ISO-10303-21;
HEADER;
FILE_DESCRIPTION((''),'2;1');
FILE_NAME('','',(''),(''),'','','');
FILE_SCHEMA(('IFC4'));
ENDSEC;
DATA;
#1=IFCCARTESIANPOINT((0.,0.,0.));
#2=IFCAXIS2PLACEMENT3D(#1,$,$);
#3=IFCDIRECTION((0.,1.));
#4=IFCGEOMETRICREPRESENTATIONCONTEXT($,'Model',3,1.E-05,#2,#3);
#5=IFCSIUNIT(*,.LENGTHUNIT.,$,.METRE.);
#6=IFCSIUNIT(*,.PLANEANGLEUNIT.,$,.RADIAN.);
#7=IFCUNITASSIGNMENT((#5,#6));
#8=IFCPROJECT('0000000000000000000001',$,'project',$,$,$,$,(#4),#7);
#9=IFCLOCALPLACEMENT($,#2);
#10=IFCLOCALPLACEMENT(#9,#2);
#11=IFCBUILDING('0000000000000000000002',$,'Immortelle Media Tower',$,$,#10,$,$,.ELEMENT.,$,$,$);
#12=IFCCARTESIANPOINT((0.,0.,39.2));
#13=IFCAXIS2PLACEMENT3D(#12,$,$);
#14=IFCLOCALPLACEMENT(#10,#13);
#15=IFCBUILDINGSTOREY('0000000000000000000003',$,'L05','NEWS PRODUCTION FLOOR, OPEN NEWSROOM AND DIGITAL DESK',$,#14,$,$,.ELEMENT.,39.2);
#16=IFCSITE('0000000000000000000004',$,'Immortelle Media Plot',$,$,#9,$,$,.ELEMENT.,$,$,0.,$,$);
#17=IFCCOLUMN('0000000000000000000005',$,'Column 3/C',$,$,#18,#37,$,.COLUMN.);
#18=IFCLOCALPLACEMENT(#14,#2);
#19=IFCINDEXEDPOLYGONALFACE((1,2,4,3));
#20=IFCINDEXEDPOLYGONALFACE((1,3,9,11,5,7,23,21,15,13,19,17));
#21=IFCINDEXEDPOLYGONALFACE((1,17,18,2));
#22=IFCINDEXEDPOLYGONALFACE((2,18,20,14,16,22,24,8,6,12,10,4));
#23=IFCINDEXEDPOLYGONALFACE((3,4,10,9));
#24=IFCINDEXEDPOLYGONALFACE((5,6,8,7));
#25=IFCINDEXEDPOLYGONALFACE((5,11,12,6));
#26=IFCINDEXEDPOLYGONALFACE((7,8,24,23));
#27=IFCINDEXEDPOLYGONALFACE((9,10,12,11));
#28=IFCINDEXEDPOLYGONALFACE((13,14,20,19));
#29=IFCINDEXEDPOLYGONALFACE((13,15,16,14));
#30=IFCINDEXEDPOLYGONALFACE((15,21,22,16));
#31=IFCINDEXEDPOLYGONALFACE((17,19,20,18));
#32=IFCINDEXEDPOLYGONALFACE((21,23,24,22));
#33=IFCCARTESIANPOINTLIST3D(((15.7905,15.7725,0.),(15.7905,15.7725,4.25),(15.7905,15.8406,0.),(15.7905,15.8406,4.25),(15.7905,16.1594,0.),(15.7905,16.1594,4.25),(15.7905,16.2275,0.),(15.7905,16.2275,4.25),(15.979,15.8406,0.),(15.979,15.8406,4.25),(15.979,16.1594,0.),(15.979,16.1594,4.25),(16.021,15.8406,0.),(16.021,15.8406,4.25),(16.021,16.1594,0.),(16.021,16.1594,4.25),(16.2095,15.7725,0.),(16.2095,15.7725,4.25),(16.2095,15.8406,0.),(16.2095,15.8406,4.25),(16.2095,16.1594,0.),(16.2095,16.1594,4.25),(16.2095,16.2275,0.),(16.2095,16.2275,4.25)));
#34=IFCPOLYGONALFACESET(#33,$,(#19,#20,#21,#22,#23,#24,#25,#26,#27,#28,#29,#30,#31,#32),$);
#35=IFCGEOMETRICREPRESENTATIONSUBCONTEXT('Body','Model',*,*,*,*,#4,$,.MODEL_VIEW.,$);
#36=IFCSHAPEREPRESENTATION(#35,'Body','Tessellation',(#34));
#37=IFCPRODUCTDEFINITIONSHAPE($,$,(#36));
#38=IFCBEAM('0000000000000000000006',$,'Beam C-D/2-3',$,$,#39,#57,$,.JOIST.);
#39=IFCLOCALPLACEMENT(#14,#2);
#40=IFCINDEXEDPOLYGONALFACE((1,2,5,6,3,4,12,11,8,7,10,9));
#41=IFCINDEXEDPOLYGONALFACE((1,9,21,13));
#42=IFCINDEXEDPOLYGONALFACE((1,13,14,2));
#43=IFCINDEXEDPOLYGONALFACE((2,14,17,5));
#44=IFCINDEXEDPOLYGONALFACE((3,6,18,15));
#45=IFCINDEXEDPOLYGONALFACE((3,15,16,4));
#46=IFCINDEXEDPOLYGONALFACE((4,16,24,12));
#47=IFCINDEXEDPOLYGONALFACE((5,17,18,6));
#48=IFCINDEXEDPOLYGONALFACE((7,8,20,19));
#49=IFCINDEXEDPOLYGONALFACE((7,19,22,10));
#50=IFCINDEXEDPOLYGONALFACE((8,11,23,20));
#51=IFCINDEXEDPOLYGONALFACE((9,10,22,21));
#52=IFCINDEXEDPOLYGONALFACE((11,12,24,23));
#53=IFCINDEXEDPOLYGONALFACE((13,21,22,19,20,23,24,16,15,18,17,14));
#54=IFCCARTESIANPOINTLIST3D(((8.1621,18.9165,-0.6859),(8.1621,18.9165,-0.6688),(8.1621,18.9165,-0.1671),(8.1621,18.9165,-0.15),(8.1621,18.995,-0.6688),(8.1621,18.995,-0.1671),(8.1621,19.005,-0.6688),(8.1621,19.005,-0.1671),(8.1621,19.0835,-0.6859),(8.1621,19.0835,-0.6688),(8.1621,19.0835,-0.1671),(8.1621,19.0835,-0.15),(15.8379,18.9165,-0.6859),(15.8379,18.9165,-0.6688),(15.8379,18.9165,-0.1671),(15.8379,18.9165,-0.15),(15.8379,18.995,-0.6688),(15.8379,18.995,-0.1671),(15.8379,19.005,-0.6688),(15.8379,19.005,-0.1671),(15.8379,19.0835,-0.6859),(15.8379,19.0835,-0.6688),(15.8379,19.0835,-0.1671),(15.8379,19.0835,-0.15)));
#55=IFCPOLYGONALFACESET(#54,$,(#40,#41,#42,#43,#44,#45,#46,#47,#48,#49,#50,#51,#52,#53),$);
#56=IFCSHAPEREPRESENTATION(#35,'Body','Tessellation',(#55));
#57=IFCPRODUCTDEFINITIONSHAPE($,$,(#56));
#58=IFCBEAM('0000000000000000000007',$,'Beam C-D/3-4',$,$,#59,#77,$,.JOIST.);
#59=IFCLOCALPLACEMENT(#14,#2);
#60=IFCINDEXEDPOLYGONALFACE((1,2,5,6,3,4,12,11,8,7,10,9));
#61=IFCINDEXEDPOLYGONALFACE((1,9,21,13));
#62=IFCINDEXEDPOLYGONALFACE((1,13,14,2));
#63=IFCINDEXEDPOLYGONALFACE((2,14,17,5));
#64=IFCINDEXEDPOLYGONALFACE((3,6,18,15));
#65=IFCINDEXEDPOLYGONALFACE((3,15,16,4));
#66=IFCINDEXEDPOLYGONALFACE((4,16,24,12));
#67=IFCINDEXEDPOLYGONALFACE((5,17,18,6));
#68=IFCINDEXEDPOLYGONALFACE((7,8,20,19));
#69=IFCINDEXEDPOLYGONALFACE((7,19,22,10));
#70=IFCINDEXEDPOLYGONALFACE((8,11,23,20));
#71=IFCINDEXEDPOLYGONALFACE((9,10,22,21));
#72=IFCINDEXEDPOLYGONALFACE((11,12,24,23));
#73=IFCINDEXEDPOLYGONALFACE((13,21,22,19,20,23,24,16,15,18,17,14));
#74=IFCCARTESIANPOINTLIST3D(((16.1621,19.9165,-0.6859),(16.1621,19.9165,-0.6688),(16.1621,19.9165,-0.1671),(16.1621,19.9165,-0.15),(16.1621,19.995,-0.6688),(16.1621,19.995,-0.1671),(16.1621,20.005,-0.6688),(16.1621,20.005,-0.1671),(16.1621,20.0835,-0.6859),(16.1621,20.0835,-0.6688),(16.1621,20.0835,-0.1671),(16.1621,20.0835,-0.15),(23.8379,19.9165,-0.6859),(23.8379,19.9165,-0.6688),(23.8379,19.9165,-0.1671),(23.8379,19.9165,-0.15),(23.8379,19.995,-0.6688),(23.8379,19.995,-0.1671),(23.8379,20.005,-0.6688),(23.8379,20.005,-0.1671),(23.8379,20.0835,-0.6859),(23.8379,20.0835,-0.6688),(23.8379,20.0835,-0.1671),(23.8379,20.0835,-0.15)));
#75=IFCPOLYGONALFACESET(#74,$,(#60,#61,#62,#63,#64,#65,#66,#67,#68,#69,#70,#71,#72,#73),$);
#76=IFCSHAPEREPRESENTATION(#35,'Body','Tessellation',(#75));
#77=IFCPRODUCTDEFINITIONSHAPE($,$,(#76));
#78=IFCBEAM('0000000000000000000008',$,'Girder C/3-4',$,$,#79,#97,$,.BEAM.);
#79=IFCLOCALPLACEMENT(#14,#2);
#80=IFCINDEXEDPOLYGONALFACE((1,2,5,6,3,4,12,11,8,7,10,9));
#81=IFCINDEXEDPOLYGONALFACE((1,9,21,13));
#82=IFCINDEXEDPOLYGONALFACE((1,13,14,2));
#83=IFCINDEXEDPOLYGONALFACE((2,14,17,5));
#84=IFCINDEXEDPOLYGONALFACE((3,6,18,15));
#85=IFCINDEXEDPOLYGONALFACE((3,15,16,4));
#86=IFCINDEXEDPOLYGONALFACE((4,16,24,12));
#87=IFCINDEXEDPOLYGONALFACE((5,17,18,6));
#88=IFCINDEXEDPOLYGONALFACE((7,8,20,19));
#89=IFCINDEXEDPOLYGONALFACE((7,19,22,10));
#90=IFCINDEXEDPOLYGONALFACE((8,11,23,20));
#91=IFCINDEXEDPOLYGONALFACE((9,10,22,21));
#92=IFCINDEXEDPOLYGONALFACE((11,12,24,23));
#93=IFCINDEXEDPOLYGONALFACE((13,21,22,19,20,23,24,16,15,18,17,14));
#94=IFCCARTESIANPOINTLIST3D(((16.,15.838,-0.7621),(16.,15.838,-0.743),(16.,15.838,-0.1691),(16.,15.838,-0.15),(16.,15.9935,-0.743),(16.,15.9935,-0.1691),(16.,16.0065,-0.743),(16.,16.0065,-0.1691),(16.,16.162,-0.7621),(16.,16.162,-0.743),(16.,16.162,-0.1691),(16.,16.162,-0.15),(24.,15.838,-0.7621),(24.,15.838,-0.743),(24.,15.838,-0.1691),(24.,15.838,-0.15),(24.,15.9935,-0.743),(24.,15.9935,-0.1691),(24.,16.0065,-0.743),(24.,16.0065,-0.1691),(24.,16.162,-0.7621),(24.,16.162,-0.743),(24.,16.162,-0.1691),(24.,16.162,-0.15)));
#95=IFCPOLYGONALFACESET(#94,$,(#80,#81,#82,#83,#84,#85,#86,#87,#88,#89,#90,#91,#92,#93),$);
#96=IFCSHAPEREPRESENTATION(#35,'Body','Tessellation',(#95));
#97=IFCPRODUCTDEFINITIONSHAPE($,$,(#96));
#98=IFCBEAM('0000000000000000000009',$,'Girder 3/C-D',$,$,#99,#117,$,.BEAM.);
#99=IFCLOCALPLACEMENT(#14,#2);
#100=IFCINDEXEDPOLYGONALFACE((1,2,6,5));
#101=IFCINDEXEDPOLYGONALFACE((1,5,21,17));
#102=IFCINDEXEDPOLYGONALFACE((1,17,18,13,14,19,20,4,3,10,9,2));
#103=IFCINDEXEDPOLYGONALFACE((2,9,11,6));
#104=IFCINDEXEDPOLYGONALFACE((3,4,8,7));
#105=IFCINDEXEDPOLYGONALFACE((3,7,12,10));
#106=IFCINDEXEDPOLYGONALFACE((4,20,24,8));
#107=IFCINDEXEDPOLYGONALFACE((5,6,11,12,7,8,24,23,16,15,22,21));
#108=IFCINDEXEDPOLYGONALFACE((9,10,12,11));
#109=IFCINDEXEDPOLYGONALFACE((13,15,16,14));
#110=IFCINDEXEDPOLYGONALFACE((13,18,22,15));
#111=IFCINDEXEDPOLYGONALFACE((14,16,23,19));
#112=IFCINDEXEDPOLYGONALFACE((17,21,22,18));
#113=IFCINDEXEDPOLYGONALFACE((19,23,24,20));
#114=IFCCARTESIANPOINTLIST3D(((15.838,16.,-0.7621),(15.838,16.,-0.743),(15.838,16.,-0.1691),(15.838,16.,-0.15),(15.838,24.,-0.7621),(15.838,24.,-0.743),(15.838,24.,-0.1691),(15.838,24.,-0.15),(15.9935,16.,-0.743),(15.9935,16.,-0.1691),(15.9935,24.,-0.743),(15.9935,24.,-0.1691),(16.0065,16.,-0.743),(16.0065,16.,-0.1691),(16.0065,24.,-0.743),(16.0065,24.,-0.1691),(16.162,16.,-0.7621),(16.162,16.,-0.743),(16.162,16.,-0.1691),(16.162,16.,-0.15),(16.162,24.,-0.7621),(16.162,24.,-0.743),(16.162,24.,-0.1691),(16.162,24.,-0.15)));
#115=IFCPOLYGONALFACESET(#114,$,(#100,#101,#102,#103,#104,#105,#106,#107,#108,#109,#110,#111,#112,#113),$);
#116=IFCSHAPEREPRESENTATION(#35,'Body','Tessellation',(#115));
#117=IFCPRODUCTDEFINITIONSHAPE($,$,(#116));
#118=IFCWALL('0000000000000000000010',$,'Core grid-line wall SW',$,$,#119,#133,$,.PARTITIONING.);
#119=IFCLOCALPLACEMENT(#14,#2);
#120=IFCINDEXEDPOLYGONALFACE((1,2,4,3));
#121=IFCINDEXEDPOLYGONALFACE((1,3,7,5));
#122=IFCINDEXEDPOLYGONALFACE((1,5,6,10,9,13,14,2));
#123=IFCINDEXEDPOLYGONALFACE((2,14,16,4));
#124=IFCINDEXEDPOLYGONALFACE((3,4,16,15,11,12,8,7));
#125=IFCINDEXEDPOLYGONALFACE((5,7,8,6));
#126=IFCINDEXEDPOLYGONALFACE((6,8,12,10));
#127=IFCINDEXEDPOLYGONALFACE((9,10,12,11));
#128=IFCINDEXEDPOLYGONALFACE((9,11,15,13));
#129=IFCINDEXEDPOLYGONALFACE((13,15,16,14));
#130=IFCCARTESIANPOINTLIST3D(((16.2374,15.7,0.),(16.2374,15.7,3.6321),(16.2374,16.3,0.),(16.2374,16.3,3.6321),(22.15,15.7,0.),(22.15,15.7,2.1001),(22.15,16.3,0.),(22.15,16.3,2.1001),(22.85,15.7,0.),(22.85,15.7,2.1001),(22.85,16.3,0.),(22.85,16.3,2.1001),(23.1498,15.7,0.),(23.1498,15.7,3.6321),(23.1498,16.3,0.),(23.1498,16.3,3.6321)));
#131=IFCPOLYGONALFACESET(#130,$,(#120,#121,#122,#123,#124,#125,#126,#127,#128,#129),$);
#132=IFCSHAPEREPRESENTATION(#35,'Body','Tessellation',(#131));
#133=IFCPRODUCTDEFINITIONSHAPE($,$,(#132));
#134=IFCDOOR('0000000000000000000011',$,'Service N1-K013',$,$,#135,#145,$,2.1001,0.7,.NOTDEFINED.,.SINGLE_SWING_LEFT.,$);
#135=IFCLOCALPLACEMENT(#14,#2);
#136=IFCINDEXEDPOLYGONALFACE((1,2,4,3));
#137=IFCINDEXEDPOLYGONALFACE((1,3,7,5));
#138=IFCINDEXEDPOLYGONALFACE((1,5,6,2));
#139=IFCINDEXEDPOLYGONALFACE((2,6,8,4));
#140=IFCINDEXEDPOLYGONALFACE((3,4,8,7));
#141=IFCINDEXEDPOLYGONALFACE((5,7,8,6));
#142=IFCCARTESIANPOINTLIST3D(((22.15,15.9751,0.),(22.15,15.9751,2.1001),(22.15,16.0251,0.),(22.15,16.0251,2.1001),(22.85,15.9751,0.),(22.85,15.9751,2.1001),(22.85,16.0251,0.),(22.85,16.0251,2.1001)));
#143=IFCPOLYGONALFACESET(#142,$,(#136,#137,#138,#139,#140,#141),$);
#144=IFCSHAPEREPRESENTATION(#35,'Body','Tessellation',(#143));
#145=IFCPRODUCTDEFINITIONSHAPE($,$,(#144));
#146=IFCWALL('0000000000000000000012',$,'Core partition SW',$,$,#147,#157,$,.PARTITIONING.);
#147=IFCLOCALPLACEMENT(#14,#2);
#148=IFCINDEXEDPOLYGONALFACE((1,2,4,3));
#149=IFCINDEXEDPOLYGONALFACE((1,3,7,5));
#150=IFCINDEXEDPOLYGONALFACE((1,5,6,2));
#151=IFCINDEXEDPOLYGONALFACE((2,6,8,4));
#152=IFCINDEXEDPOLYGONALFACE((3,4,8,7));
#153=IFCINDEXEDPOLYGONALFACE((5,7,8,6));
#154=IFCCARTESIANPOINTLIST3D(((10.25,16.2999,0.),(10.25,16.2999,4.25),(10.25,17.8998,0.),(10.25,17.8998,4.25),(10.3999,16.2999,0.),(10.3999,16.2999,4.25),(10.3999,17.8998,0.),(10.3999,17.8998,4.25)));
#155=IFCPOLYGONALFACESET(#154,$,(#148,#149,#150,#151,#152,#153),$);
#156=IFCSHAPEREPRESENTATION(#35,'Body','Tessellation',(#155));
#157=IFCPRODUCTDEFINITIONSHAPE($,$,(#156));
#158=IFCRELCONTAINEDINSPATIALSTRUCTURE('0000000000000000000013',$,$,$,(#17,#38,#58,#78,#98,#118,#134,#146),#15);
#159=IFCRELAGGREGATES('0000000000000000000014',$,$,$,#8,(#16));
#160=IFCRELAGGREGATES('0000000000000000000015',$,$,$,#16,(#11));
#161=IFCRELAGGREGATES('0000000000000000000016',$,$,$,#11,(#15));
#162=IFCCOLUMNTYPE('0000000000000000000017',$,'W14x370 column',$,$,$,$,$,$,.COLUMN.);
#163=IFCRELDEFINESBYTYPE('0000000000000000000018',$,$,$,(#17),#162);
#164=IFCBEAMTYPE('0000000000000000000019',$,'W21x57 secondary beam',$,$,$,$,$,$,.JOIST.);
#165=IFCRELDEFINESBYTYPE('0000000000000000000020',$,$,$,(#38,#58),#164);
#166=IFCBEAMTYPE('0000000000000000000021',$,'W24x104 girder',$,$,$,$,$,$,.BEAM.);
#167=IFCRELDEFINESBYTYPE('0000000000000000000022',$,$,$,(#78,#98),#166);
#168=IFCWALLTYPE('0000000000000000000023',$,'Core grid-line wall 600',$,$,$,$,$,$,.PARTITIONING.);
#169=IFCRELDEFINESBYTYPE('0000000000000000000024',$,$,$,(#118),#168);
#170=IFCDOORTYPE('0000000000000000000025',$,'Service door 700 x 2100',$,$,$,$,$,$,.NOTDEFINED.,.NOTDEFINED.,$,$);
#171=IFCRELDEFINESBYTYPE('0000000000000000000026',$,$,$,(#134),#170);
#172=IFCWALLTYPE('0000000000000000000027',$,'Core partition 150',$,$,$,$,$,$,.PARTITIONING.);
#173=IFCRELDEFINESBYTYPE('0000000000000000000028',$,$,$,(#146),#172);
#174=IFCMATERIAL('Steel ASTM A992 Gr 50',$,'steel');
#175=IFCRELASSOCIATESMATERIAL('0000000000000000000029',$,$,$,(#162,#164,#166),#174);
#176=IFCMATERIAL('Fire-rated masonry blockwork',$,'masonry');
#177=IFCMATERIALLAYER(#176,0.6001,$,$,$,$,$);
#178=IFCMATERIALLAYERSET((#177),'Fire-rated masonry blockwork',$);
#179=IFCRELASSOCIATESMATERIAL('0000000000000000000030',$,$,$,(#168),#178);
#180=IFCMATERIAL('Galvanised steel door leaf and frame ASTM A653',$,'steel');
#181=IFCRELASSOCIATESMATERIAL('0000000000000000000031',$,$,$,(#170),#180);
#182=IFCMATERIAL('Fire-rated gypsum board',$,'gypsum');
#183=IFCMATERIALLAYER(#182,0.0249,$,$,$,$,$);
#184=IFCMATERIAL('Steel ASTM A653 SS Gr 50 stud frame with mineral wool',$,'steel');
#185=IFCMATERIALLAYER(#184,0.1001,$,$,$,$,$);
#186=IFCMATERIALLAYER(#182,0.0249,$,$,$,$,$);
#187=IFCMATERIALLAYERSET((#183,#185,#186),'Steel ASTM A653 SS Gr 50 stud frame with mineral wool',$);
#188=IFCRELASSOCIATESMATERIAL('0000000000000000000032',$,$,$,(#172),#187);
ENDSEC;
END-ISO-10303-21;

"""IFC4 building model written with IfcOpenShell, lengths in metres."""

from ifc_helpers import new_model, si_unit, direction, frame, frame_2d, origin, origin_2d, place, context, subcontext, project, spatial, rectangle, i_section, extrude, material, layer, layer_set, material_profile, profile_set, type_object, element, fill, save


model = new_model("IFC4")

# Units and contexts
model_context = context("Model", 3, precision=1e-05, world=origin(), true_north=direction((0.0, 1.0)))
body_context = subcontext(model_context, "Body", "Model", "MODEL_VIEW")
ifc_project = project(units=[si_unit("LENGTHUNIT", "METRE"), si_unit("PLANEANGLEUNIT", "RADIAN")], contexts=[model_context])

# Site, building, storey
site_placement = place(None, origin())
site = spatial("IfcSite", under=ifc_project, at=site_placement, Name="Immortelle Media Plot", CompositionType="ELEMENT", RefElevation=0.0)
building_placement = place(site_placement, origin())
building = spatial("IfcBuilding", under=site, at=building_placement, Name="Immortelle Media Tower", CompositionType="ELEMENT")
storey_placement = place(building_placement, frame((0.0, 0.0, 39.2)))
storey = spatial("IfcBuildingStorey", under=building, at=storey_placement, Name="L05", Description="NEWS PRODUCTION FLOOR, OPEN NEWSROOM AND DIGITAL DESK", CompositionType="ELEMENT", Elevation=39.2)

# Column
ifc_material_1 = material(Name="Steel ASTM A992 Gr 50", Category="steel")
ifc_material_profile_1 = material_profile(ifc_material_1, i_section(OverallWidth=0.4189, OverallDepth=0.4551, WebThickness=0.042, FlangeThickness=0.0681, at=origin_2d()), Name="W14x370")
ifc_profile_set_1 = profile_set([ifc_material_profile_1], Name="Steel ASTM A992 Gr 50")
column_type = type_object("IfcColumnType", Name="W14x370 column", PredefinedType="COLUMN", material=ifc_profile_set_1)
column_placement = place(storey_placement, frame((16.0, 16.0, 0.0), z_axis=(0.0, 0.0, 1.0), x_axis=(1.0, 0.0, 0.0)))
element("IfcColumn", 1, at=column_placement, inside=storey, type_object=column_type, Name="Column 3/C", PredefinedType="COLUMN", context=body_context, shape_type="SweptSolid", body=[
    extrude(i_section(OverallWidth=0.4189, OverallDepth=0.4551, WebThickness=0.042, FlangeThickness=0.0681, at=origin_2d()), origin(), (0.0, 0.0, 1.0), 4.25),
])

# Beams
ifc_material_profile_2 = material_profile(ifc_material_1, i_section(OverallWidth=0.167, OverallDepth=0.5359, WebThickness=0.01, FlangeThickness=0.0171, at=origin_2d()), Name="W21x57")
ifc_profile_set_2 = profile_set([ifc_material_profile_2], Name="Steel ASTM A992 Gr 50")
beam_type_1 = type_object("IfcBeamType", Name="W21x57 secondary beam", PredefinedType="JOIST", material=ifc_profile_set_2)
for number, where, z_axis, x_axis, name in (
    (2, (8.1621, 19.0, -0.418), (1.0, 0.0, 0.0), (0.0, 1.0, 0.0), "Beam C-D/2-3"),
    (3, (16.1621, 20.0, -0.418), (1.0, 0.0, 0.0), (0.0, 1.0, 0.0), "Beam C-D/3-4"),
):
    element("IfcBeam", number, at=place(storey_placement, frame(where, z_axis=z_axis, x_axis=x_axis)), inside=storey, type_object=beam_type_1, Name=name, PredefinedType="JOIST", context=body_context, shape_type="SweptSolid", body=[
        extrude(i_section(OverallWidth=0.167, OverallDepth=0.5359, WebThickness=0.01, FlangeThickness=0.0171, at=origin_2d()), origin(), (0.0, 0.0, 1.0), 7.6758),
    ])
ifc_material_profile_3 = material_profile(ifc_material_1, i_section(OverallWidth=0.324, OverallDepth=0.6121, WebThickness=0.0129, FlangeThickness=0.019, at=origin_2d()), Name="W24x104")
ifc_profile_set_3 = profile_set([ifc_material_profile_3], Name="Steel ASTM A992 Gr 50")
beam_type_2 = type_object("IfcBeamType", Name="W24x104 girder", PredefinedType="BEAM", material=ifc_profile_set_3)
for number, where, z_axis, x_axis, name in (
    (4, (16.0, 16.0, -0.4561), (1.0, 0.0, 0.0), (0.0, 1.0, 0.0), "Girder C/3-4"),
    (5, (16.0, 16.0, -0.4561), (0.0, 1.0, 0.0), (-1.0, 0.0, 0.0), "Girder 3/C-D"),
):
    element("IfcBeam", number, at=place(storey_placement, frame(where, z_axis=z_axis, x_axis=x_axis)), inside=storey, type_object=beam_type_2, Name=name, PredefinedType="BEAM", context=body_context, shape_type="SweptSolid", body=[
        extrude(i_section(OverallWidth=0.324, OverallDepth=0.6121, WebThickness=0.0129, FlangeThickness=0.019, at=origin_2d()), origin(), (0.0, 0.0, 1.0), 8.0),
    ])

# Wall, opening, door
ifc_material_2 = material(Name="Fire-rated masonry blockwork", Category="masonry")
ifc_layer_1 = layer(ifc_material_2, 0.6001)
ifc_layer_set_1 = layer_set([ifc_layer_1], Name="Fire-rated masonry blockwork")
wall_type_1 = type_object("IfcWallType", Name="Core grid-line wall 600", PredefinedType="PARTITIONING", material=ifc_layer_set_1)
wall_1_placement = place(storey_placement, frame((16.2375, 16.0, 0.0), z_axis=(0.0, 0.0, 1.0), x_axis=(1.0, 0.0, 0.0)))
wall_1 = element("IfcWall", 6, at=wall_1_placement, inside=storey, type_object=wall_type_1, Name="Core grid-line wall SW", PredefinedType="PARTITIONING", context=body_context, shape_type="SweptSolid", body=[
    extrude(rectangle(XDim=6.9124, YDim=0.6001, at=frame_2d((3.4561, 0.0))), origin(), (0.0, 0.0, 1.0), 3.6321),
])
opening_1_placement = place(wall_1_placement, frame((6.6125, 0.0, 0.0), z_axis=(0.0, 0.0, 1.0), x_axis=(-1.0, 0.0, 0.0)))
opening_1 = element("IfcOpeningElement", 7, at=opening_1_placement, cuts=wall_1, PredefinedType="OPENING", context=body_context, shape_type="SweptSolid", body=[
    extrude(rectangle(XDim=0.7, YDim=2.1001, at=frame_2d((0.3501, 1.05))), frame((0.0, 0.3101, 0.0), z_axis=(0.0, -1.0, 0.0), x_axis=(1.0, 0.0, 0.0)), (0.0, 0.0, 1.0), 0.6201),
])
ifc_material_3 = material(Name="Galvanised steel door leaf and frame ASTM A653", Category="steel")
door_type_1 = type_object("IfcDoorType", Name="Service door 700 x 2100", OperationType="NOTDEFINED", PredefinedType="NOTDEFINED", material=ifc_material_3)
door_1_placement = place(opening_1_placement, origin())
door_1 = element("IfcDoor", 8, at=door_1_placement, inside=storey, type_object=door_type_1, Name="Service N1-K013", OperationType="SINGLE_SWING_LEFT", OverallHeight=2.1001, OverallWidth=0.7, PredefinedType="NOTDEFINED", context=body_context, shape_type="SweptSolid", body=[
    extrude(rectangle(XDim=0.7, YDim=2.1001, at=frame_2d((0.3501, 1.05))), frame((0.0, 0.0249, 0.0), z_axis=(0.0, -1.0, 0.0), x_axis=(1.0, 0.0, 0.0)), (0.0, 0.0, 1.0), 0.05),
])
fill(opening_1, door_1)

# Wall
ifc_material_4 = material(Name="Fire-rated gypsum board", Category="gypsum")
ifc_layer_2 = layer(ifc_material_4, 0.0249)
ifc_material_5 = material(Name="Steel ASTM A653 SS Gr 50 stud frame with mineral wool", Category="steel")
ifc_layer_3 = layer(ifc_material_5, 0.1001)
ifc_layer_4 = layer(ifc_material_4, 0.0249)
ifc_layer_set_2 = layer_set([ifc_layer_2, ifc_layer_3, ifc_layer_4], Name="Steel ASTM A653 SS Gr 50 stud frame with mineral wool")
wall_type_2 = type_object("IfcWallType", Name="Core partition 150", PredefinedType="PARTITIONING", material=ifc_layer_set_2)
wall_2_placement = place(storey_placement, frame((10.325, 16.3, 0.0), z_axis=(0.0, 0.0, 1.0), x_axis=(0.0, 1.0, 0.0)))
element("IfcWall", 9, at=wall_2_placement, inside=storey, type_object=wall_type_2, Name="Core partition SW", PredefinedType="PARTITIONING", context=body_context, shape_type="SweptSolid", body=[
    extrude(rectangle(XDim=1.5999, YDim=0.1499, at=frame_2d((0.7998, 0.0))), origin(), (0.0, 0.0, 1.0), 4.25),
])

save(model, "model.ifc")
